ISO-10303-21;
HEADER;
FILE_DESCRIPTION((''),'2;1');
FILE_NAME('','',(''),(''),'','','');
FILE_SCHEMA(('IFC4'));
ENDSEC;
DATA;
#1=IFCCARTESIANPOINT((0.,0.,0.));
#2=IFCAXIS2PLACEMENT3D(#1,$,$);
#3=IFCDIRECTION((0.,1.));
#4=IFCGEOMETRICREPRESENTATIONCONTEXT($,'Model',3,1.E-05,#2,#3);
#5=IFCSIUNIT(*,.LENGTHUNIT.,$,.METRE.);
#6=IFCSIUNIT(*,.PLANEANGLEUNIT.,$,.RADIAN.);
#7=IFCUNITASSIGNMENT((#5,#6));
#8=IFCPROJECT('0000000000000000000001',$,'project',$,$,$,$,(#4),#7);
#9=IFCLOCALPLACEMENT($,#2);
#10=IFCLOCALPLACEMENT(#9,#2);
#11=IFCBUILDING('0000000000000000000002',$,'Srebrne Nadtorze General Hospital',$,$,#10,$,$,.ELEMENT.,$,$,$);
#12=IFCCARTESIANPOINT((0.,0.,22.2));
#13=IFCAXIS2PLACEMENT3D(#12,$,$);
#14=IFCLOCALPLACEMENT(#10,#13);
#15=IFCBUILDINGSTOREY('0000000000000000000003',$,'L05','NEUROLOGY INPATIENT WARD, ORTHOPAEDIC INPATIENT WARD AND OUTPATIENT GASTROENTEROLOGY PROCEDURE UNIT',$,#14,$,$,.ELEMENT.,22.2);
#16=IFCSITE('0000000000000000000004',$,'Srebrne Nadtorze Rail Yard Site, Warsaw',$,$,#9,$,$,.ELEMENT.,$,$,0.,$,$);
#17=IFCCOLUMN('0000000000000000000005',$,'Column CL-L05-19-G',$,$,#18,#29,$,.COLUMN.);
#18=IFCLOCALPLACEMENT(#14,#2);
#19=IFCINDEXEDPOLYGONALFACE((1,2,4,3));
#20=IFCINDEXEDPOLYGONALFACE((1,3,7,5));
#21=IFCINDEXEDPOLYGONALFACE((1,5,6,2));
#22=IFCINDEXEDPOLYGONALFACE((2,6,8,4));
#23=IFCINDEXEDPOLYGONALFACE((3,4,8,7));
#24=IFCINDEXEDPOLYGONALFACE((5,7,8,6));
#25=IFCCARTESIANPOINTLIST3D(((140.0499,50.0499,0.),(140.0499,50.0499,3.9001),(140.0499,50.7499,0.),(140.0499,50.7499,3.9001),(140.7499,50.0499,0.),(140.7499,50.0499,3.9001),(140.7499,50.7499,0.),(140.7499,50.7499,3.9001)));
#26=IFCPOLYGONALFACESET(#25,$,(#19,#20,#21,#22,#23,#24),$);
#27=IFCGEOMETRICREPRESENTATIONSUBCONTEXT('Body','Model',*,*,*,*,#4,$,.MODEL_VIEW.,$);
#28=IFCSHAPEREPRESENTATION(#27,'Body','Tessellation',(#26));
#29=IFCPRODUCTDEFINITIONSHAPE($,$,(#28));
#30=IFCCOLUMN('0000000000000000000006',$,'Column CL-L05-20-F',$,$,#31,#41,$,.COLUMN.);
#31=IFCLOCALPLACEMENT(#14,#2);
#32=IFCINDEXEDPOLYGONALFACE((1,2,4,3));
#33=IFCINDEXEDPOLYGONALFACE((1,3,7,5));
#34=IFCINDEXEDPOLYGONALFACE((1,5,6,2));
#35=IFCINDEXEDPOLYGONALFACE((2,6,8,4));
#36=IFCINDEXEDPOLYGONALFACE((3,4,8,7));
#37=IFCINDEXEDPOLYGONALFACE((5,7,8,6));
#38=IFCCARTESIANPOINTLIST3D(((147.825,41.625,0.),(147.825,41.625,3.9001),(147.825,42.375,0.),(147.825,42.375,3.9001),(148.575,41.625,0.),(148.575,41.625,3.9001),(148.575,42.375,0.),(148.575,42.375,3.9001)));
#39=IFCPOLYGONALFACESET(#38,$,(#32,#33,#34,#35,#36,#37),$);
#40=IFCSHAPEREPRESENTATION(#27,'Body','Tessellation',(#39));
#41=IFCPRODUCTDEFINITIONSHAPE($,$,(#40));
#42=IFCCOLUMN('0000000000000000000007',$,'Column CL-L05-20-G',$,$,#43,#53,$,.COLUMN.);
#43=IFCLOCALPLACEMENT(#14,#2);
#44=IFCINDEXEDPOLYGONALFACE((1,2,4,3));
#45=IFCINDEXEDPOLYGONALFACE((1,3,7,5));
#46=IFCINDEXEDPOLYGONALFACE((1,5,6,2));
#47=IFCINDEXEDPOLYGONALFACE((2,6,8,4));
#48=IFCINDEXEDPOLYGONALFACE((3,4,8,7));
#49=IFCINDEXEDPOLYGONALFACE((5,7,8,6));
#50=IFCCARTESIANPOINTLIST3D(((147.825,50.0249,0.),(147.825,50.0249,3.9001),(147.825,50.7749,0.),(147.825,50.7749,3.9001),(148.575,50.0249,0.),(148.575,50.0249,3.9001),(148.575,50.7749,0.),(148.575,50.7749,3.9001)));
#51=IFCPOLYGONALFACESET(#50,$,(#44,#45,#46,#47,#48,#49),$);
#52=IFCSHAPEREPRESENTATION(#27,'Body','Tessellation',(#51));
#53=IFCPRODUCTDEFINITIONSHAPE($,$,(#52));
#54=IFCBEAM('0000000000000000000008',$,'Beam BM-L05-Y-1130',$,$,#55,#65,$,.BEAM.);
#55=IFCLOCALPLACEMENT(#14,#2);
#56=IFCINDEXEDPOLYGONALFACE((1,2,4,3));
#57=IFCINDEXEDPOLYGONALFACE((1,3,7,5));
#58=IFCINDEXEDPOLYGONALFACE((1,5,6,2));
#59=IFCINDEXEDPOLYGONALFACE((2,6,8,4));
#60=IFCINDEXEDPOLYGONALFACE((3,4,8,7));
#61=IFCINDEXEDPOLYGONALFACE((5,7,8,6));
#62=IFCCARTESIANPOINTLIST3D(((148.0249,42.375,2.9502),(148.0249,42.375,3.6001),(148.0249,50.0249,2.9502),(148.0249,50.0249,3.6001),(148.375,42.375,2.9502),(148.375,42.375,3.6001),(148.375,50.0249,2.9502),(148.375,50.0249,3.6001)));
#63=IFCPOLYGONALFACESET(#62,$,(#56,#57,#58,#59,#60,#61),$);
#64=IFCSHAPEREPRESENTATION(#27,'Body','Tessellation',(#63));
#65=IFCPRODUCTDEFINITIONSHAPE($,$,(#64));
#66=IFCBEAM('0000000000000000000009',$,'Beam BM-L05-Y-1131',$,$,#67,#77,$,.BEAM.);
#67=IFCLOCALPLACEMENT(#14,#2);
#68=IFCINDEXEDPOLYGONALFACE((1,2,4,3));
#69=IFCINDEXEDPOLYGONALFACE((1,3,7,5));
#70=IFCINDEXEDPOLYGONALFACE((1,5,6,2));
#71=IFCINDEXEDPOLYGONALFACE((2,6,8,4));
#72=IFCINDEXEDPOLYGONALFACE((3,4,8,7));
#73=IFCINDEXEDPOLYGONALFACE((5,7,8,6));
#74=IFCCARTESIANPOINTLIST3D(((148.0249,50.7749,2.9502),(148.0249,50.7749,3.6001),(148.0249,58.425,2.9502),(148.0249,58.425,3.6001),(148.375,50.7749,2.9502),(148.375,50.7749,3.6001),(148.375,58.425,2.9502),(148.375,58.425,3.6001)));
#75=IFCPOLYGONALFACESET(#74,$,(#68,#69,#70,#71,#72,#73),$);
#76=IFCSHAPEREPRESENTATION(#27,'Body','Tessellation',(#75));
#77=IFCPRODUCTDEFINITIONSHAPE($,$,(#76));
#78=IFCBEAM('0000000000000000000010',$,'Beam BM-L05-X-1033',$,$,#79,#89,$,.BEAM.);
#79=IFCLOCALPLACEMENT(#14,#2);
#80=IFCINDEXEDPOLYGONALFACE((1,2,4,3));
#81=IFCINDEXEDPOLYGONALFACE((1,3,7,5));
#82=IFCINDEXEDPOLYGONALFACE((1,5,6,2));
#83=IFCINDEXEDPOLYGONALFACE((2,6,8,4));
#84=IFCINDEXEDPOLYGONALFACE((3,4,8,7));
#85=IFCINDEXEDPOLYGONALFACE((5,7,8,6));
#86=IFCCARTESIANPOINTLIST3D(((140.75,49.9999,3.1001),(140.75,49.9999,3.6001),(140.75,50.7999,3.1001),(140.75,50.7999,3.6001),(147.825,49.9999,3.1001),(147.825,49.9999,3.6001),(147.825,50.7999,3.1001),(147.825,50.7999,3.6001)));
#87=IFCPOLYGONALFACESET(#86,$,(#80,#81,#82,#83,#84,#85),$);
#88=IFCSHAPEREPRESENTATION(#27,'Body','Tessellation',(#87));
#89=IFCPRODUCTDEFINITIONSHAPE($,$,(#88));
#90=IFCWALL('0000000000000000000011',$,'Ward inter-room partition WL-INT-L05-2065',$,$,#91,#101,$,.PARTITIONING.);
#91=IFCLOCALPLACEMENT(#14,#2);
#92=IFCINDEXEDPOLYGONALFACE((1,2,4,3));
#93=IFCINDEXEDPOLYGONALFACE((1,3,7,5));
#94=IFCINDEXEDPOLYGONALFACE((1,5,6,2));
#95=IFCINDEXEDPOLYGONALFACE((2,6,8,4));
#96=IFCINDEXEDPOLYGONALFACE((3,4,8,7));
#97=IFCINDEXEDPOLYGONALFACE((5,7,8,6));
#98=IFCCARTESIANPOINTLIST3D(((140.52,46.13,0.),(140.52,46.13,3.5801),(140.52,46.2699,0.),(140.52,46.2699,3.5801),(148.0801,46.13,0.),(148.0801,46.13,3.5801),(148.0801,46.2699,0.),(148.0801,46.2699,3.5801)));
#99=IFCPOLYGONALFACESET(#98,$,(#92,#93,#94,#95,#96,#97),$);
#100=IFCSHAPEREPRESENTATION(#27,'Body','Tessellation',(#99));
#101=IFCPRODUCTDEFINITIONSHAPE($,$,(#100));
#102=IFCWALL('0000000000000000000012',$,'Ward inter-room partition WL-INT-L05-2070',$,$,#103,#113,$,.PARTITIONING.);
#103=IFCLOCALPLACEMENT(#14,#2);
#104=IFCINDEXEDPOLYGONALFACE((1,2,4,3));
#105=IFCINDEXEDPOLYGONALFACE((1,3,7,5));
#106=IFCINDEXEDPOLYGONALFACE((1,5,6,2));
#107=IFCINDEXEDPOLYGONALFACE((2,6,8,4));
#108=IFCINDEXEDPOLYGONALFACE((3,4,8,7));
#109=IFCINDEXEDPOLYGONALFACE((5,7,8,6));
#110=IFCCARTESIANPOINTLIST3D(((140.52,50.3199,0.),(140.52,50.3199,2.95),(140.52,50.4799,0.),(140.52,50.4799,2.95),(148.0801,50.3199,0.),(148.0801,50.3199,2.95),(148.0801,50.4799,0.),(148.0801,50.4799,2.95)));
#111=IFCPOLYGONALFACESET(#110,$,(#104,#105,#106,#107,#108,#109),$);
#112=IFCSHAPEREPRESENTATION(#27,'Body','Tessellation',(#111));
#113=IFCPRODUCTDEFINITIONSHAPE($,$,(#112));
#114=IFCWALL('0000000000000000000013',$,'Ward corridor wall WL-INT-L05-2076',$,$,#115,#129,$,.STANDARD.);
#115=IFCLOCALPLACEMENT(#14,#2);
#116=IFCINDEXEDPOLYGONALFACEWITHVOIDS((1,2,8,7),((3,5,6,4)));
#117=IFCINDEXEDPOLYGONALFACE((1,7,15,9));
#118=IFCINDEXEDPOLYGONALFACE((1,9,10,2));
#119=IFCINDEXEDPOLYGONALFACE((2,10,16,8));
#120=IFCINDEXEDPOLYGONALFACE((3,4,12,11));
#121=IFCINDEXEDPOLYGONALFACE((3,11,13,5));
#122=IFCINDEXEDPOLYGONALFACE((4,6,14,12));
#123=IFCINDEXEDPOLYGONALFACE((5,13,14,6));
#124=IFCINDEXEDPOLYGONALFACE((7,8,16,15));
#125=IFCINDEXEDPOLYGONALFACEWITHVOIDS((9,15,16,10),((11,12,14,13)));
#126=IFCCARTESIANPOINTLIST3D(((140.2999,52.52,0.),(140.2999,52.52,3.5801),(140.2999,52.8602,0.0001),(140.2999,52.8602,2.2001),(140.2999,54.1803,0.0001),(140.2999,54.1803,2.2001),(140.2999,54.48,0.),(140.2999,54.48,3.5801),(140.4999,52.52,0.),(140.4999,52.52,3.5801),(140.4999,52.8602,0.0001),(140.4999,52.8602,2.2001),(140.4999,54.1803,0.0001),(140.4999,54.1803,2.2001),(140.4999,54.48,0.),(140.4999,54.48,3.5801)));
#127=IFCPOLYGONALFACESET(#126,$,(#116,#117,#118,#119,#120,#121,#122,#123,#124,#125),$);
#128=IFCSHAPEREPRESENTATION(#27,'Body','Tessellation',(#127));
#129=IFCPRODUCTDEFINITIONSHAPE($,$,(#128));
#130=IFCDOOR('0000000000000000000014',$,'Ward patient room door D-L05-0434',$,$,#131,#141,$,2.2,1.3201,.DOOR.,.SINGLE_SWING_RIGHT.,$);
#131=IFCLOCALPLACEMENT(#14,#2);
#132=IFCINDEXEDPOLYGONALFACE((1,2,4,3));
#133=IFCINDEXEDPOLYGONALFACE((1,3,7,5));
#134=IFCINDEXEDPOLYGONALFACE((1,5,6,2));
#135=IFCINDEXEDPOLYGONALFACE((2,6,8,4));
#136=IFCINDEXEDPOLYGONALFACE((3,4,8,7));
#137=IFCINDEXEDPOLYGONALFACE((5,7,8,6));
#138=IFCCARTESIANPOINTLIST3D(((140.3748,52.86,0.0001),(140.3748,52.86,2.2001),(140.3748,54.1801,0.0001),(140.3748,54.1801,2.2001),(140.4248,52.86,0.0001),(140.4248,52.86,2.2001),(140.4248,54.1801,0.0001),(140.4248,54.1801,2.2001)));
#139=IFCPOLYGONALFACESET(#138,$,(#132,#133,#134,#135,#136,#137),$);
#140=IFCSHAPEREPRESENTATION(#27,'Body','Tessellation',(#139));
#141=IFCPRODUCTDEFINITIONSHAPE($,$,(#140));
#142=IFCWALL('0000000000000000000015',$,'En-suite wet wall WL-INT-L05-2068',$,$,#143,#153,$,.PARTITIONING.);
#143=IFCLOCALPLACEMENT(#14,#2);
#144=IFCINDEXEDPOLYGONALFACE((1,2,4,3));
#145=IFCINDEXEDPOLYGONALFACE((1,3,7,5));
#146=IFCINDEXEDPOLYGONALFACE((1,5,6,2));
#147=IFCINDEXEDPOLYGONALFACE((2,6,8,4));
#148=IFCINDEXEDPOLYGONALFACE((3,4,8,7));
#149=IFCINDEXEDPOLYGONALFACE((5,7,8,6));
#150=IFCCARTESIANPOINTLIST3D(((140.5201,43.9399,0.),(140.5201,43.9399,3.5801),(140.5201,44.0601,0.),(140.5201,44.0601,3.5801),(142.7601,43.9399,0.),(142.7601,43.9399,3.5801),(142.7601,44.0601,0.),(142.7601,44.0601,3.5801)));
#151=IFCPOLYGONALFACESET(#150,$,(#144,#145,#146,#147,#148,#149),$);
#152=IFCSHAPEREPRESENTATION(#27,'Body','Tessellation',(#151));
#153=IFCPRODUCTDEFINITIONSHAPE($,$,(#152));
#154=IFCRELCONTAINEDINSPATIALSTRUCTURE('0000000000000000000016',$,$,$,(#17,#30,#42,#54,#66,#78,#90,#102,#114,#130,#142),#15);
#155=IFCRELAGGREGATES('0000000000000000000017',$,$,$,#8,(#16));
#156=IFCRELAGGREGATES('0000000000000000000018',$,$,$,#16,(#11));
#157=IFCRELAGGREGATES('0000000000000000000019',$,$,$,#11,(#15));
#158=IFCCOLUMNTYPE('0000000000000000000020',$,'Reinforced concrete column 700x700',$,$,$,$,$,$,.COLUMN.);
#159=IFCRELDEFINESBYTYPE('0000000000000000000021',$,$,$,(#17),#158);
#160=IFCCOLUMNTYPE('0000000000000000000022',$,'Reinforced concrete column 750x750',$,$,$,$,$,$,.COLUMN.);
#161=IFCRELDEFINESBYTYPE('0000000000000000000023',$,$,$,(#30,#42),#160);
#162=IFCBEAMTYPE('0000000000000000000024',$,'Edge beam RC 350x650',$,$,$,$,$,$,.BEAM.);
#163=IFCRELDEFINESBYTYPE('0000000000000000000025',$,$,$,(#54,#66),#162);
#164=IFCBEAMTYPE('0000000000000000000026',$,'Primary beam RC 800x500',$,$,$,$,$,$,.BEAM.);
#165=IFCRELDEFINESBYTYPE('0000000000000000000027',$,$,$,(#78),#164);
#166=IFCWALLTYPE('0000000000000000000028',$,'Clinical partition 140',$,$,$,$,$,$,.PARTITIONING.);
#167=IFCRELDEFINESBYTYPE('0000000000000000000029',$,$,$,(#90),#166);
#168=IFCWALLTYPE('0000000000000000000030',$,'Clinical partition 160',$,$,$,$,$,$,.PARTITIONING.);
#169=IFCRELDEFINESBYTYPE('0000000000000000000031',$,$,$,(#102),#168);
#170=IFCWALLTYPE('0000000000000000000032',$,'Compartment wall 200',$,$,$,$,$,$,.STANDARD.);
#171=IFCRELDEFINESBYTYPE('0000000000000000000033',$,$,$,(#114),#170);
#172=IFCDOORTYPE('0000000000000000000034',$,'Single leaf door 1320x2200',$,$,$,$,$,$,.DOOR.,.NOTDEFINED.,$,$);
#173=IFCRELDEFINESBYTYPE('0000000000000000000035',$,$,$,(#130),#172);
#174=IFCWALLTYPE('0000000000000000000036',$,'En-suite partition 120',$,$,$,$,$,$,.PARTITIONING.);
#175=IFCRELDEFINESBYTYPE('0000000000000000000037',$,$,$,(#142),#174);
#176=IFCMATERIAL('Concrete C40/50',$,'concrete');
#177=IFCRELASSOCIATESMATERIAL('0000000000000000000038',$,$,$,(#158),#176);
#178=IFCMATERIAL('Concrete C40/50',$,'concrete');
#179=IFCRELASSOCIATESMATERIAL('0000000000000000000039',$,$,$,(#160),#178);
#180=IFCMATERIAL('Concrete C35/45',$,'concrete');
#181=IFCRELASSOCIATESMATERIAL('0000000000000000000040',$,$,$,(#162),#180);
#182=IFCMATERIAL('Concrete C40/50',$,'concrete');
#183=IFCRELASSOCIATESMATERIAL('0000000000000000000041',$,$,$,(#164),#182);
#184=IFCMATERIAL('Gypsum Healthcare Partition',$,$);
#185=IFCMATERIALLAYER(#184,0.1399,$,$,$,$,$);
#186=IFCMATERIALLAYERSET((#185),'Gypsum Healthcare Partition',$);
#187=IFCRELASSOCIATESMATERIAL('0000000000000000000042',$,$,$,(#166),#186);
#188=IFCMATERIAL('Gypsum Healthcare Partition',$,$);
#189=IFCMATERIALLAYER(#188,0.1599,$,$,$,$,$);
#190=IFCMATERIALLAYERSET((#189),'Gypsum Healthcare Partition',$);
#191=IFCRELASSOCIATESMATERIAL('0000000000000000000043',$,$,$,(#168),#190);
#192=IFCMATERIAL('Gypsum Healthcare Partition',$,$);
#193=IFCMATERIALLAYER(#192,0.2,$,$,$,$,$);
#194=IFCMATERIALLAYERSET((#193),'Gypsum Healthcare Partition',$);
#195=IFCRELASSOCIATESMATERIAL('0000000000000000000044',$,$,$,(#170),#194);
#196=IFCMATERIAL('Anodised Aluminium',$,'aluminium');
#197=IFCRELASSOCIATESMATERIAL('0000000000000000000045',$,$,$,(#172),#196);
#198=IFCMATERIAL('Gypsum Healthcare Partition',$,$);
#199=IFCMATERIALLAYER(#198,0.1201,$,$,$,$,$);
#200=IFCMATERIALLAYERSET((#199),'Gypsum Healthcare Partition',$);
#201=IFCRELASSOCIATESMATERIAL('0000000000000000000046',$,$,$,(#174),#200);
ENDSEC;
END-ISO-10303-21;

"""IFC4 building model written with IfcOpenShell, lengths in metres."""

from ifc_helpers import new_model, si_unit, direction, frame, frame_2d, origin, origin_2d, place, context, subcontext, project, spatial, rectangle, extrude, material, layer, layer_set, material_profile, profile_set, type_object, element, fill, save


model = new_model("IFC4")

# Units and contexts
model_context = context("Model", 3, precision=1e-05, world=origin(), true_north=direction((0.0, 1.0)))
body_context = subcontext(model_context, "Body", "Model", "MODEL_VIEW")
ifc_project = project(units=[si_unit("LENGTHUNIT", "METRE"), si_unit("PLANEANGLEUNIT", "RADIAN")], contexts=[model_context])

# Site, building, storey
site_placement = place(None, origin())
site = spatial("IfcSite", under=ifc_project, at=site_placement, Name="Srebrne Nadtorze Rail Yard Site, Warsaw", CompositionType="ELEMENT", RefElevation=0.0)
building_placement = place(site_placement, origin())
building = spatial("IfcBuilding", under=site, at=building_placement, Name="Srebrne Nadtorze General Hospital", CompositionType="ELEMENT")
storey_placement = place(building_placement, frame((0.0, 0.0, 22.2)))
storey = spatial("IfcBuildingStorey", under=building, at=storey_placement, Name="L05", Description="NEUROLOGY INPATIENT WARD, ORTHOPAEDIC INPATIENT WARD AND OUTPATIENT GASTROENTEROLOGY PROCEDURE UNIT", CompositionType="ELEMENT", Elevation=22.2)

# Columns
ifc_material_1 = material(Name="Concrete C40/50", Category="concrete")
ifc_material_profile_1 = material_profile(ifc_material_1, rectangle(XDim=0.7, YDim=0.7, at=origin_2d()), Name="RC-COL-700x700")
ifc_profile_set_1 = profile_set([ifc_material_profile_1], Name="Concrete C40/50")
column_type_1 = type_object("IfcColumnType", Name="Reinforced concrete column 700x700", PredefinedType="COLUMN", material=ifc_profile_set_1)
column_placement = place(storey_placement, frame((140.3999, 50.3999, 0.0), z_axis=(0.0, 0.0, 1.0), x_axis=(1.0, 0.0, 0.0)))
element("IfcColumn", 1, at=column_placement, inside=storey, type_object=column_type_1, Name="Column CL-L05-19-G", PredefinedType="COLUMN", context=body_context, shape_type="SweptSolid", body=[
    extrude(rectangle(XDim=0.7, YDim=0.7, at=origin_2d()), origin(), (0.0, 0.0, 1.0), 3.9001),
])
ifc_material_2 = material(Name="Concrete C40/50", Category="concrete")
ifc_material_profile_2 = material_profile(ifc_material_2, rectangle(XDim=0.75, YDim=0.75, at=origin_2d()), Name="RC-COL-750x750")
ifc_profile_set_2 = profile_set([ifc_material_profile_2], Name="Concrete C40/50")
column_type_2 = type_object("IfcColumnType", Name="Reinforced concrete column 750x750", PredefinedType="COLUMN", material=ifc_profile_set_2)
for number, where, z_axis, x_axis, name in (
    (2, (148.2, 42.0, 0.0), (0.0, 0.0, 1.0), (1.0, 0.0, 0.0), "Column CL-L05-20-F"),
    (3, (148.2, 50.3999, 0.0), (0.0, 0.0, 1.0), (1.0, 0.0, 0.0), "Column CL-L05-20-G"),
):
    element("IfcColumn", number, at=place(storey_placement, frame(where, z_axis=z_axis, x_axis=x_axis)), inside=storey, type_object=column_type_2, Name=name, PredefinedType="COLUMN", context=body_context, shape_type="SweptSolid", body=[
        extrude(rectangle(XDim=0.75, YDim=0.75, at=origin_2d()), origin(), (0.0, 0.0, 1.0), 3.9001),
    ])

# Beams
ifc_material_3 = material(Name="Concrete C35/45", Category="concrete")
ifc_material_profile_3 = material_profile(ifc_material_3, rectangle(XDim=0.3501, YDim=0.6499, at=origin_2d()), Name="RC-BM-350x650")
ifc_profile_set_3 = profile_set([ifc_material_profile_3], Name="Concrete C35/45")
beam_type_1 = type_object("IfcBeamType", Name="Edge beam RC 350x650", PredefinedType="BEAM", material=ifc_profile_set_3)
beam_1_placement = place(storey_placement, frame((148.2, 42.375, 3.2751), z_axis=(0.0, 1.0, 0.0), x_axis=(-1.0, 0.0, 0.0)))
element("IfcBeam", 4, at=beam_1_placement, inside=storey, type_object=beam_type_1, Name="Beam BM-L05-Y-1130", PredefinedType="BEAM", context=body_context, shape_type="SweptSolid", body=[
    extrude(rectangle(XDim=0.3501, YDim=0.6499, at=origin_2d()), origin(), (0.0, 0.0, 1.0), 7.6499),
])
beam_2_placement = place(storey_placement, frame((148.2, 50.7749, 3.2751), z_axis=(0.0, 1.0, 0.0), x_axis=(-1.0, 0.0, 0.0)))
element("IfcBeam", 5, at=beam_2_placement, inside=storey, type_object=beam_type_1, Name="Beam BM-L05-Y-1131", PredefinedType="BEAM", context=body_context, shape_type="SweptSolid", body=[
    extrude(rectangle(XDim=0.3501, YDim=0.6499, at=origin_2d()), origin(), (0.0, 0.0, 1.0), 7.6501),
])
ifc_material_4 = material(Name="Concrete C40/50", Category="concrete")
ifc_material_profile_4 = material_profile(ifc_material_4, rectangle(XDim=0.8, YDim=0.5, at=origin_2d()), Name="RC-BM-800x500")
ifc_profile_set_4 = profile_set([ifc_material_profile_4], Name="Concrete C40/50")
beam_type_2 = type_object("IfcBeamType", Name="Primary beam RC 800x500", PredefinedType="BEAM", material=ifc_profile_set_4)
beam_3_placement = place(storey_placement, frame((140.75, 50.3999, 3.3501), z_axis=(1.0, 0.0, 0.0), x_axis=(0.0, 1.0, 0.0)))
element("IfcBeam", 6, at=beam_3_placement, inside=storey, type_object=beam_type_2, Name="Beam BM-L05-X-1033", PredefinedType="BEAM", context=body_context, shape_type="SweptSolid", body=[
    extrude(rectangle(XDim=0.8, YDim=0.5, at=origin_2d()), origin(), (0.0, 0.0, 1.0), 7.075),
])

# Walls
ifc_material_5 = material(Name="Gypsum Healthcare Partition")
ifc_layer_1 = layer(ifc_material_5, 0.1399)
ifc_layer_set_1 = layer_set([ifc_layer_1], Name="Gypsum Healthcare Partition")
wall_type_1 = type_object("IfcWallType", Name="Clinical partition 140", PredefinedType="PARTITIONING", material=ifc_layer_set_1)
wall_1_placement = place(storey_placement, frame((140.52, 46.2, 0.0), z_axis=(0.0, 0.0, 1.0), x_axis=(1.0, 0.0, 0.0)))
element("IfcWall", 7, at=wall_1_placement, inside=storey, type_object=wall_type_1, Name="Ward inter-room partition WL-INT-L05-2065", PredefinedType="PARTITIONING", context=body_context, shape_type="SweptSolid", body=[
    extrude(rectangle(XDim=7.5601, YDim=0.1399, at=frame_2d((3.78, 0.0))), origin(), (0.0, 0.0, 1.0), 3.5801),
])
ifc_material_6 = material(Name="Gypsum Healthcare Partition")
ifc_layer_2 = layer(ifc_material_6, 0.1599)
ifc_layer_set_2 = layer_set([ifc_layer_2], Name="Gypsum Healthcare Partition")
wall_type_2 = type_object("IfcWallType", Name="Clinical partition 160", PredefinedType="PARTITIONING", material=ifc_layer_set_2)
wall_2_placement = place(storey_placement, frame((140.52, 50.3999, 0.0), z_axis=(0.0, 0.0, 1.0), x_axis=(1.0, 0.0, 0.0)))
element("IfcWall", 8, at=wall_2_placement, inside=storey, type_object=wall_type_2, Name="Ward inter-room partition WL-INT-L05-2070", PredefinedType="PARTITIONING", context=body_context, shape_type="SweptSolid", body=[
    extrude(rectangle(XDim=7.5601, YDim=0.1599, at=frame_2d((3.78, 0.0))), origin(), (0.0, 0.0, 1.0), 2.95),
])

# Wall, opening, door
ifc_material_7 = material(Name="Gypsum Healthcare Partition")
ifc_layer_3 = layer(ifc_material_7, 0.2)
ifc_layer_set_3 = layer_set([ifc_layer_3], Name="Gypsum Healthcare Partition")
wall_type_3 = type_object("IfcWallType", Name="Compartment wall 200", PredefinedType="STANDARD", material=ifc_layer_set_3)
wall_3_placement = place(storey_placement, frame((140.3999, 52.52, 0.0), z_axis=(0.0, 0.0, 1.0), x_axis=(0.0, 1.0, 0.0)))
wall_3 = element("IfcWall", 9, at=wall_3_placement, inside=storey, type_object=wall_type_3, Name="Ward corridor wall WL-INT-L05-2076", PredefinedType="STANDARD", context=body_context, shape_type="SweptSolid", body=[
    extrude(rectangle(XDim=1.96, YDim=0.2, at=frame_2d((0.98, 0.0))), origin(), (0.0, 0.0, 1.0), 3.5801),
])
opening_1_placement = place(wall_3_placement, frame((0.3401, 0.0, 0.0)))
opening_1 = element("IfcOpeningElement", 10, at=opening_1_placement, cuts=wall_3, PredefinedType="OPENING", context=body_context, shape_type="SweptSolid", body=[
    extrude(rectangle(XDim=1.3201, YDim=2.2, at=frame_2d((0.6602, 1.1001))), frame((0.0, 0.1118, 0.0), z_axis=(0.0, -1.0, 0.0), x_axis=(1.0, 0.0, 0.0)), (0.0, 0.0, 1.0), 0.2239),
])
ifc_material_8 = material(Name="Anodised Aluminium", Category="aluminium")
door_type_1 = type_object("IfcDoorType", Name="Single leaf door 1320x2200", OperationType="NOTDEFINED", PredefinedType="DOOR", material=ifc_material_8)
door_1_placement = place(opening_1_placement, frame((1.3201, 0.0, 0.0), z_axis=(0.0, 0.0, 1.0), x_axis=(-1.0, 0.0, 0.0)))
door_1 = element("IfcDoor", 11, at=door_1_placement, inside=storey, type_object=door_type_1, Name="Ward patient room door D-L05-0434", OperationType="SINGLE_SWING_RIGHT", OverallHeight=2.2, OverallWidth=1.3201, PredefinedType="DOOR", context=body_context, shape_type="SweptSolid", body=[
    extrude(rectangle(XDim=1.3201, YDim=2.2, at=frame_2d((0.6602, 1.1001))), frame((0.0, 0.0249, 0.0), z_axis=(0.0, -1.0, 0.0), x_axis=(1.0, 0.0, 0.0)), (0.0, 0.0, 1.0), 0.05),
])
fill(opening_1, door_1)

# Wall
ifc_material_9 = material(Name="Gypsum Healthcare Partition")
ifc_layer_4 = layer(ifc_material_9, 0.1201)
ifc_layer_set_4 = layer_set([ifc_layer_4], Name="Gypsum Healthcare Partition")
wall_type_4 = type_object("IfcWallType", Name="En-suite partition 120", PredefinedType="PARTITIONING", material=ifc_layer_set_4)
wall_4_placement = place(storey_placement, frame((140.52, 44.0, 0.0), z_axis=(0.0, 0.0, 1.0), x_axis=(1.0, 0.0, 0.0)))
element("IfcWall", 12, at=wall_4_placement, inside=storey, type_object=wall_type_4, Name="En-suite wet wall WL-INT-L05-2068", PredefinedType="PARTITIONING", context=body_context, shape_type="SweptSolid", body=[
    extrude(rectangle(XDim=2.24, YDim=0.1201, at=frame_2d((1.1201, 0.0))), origin(), (0.0, 0.0, 1.0), 3.5801),
])

save(model, "model.ifc")
